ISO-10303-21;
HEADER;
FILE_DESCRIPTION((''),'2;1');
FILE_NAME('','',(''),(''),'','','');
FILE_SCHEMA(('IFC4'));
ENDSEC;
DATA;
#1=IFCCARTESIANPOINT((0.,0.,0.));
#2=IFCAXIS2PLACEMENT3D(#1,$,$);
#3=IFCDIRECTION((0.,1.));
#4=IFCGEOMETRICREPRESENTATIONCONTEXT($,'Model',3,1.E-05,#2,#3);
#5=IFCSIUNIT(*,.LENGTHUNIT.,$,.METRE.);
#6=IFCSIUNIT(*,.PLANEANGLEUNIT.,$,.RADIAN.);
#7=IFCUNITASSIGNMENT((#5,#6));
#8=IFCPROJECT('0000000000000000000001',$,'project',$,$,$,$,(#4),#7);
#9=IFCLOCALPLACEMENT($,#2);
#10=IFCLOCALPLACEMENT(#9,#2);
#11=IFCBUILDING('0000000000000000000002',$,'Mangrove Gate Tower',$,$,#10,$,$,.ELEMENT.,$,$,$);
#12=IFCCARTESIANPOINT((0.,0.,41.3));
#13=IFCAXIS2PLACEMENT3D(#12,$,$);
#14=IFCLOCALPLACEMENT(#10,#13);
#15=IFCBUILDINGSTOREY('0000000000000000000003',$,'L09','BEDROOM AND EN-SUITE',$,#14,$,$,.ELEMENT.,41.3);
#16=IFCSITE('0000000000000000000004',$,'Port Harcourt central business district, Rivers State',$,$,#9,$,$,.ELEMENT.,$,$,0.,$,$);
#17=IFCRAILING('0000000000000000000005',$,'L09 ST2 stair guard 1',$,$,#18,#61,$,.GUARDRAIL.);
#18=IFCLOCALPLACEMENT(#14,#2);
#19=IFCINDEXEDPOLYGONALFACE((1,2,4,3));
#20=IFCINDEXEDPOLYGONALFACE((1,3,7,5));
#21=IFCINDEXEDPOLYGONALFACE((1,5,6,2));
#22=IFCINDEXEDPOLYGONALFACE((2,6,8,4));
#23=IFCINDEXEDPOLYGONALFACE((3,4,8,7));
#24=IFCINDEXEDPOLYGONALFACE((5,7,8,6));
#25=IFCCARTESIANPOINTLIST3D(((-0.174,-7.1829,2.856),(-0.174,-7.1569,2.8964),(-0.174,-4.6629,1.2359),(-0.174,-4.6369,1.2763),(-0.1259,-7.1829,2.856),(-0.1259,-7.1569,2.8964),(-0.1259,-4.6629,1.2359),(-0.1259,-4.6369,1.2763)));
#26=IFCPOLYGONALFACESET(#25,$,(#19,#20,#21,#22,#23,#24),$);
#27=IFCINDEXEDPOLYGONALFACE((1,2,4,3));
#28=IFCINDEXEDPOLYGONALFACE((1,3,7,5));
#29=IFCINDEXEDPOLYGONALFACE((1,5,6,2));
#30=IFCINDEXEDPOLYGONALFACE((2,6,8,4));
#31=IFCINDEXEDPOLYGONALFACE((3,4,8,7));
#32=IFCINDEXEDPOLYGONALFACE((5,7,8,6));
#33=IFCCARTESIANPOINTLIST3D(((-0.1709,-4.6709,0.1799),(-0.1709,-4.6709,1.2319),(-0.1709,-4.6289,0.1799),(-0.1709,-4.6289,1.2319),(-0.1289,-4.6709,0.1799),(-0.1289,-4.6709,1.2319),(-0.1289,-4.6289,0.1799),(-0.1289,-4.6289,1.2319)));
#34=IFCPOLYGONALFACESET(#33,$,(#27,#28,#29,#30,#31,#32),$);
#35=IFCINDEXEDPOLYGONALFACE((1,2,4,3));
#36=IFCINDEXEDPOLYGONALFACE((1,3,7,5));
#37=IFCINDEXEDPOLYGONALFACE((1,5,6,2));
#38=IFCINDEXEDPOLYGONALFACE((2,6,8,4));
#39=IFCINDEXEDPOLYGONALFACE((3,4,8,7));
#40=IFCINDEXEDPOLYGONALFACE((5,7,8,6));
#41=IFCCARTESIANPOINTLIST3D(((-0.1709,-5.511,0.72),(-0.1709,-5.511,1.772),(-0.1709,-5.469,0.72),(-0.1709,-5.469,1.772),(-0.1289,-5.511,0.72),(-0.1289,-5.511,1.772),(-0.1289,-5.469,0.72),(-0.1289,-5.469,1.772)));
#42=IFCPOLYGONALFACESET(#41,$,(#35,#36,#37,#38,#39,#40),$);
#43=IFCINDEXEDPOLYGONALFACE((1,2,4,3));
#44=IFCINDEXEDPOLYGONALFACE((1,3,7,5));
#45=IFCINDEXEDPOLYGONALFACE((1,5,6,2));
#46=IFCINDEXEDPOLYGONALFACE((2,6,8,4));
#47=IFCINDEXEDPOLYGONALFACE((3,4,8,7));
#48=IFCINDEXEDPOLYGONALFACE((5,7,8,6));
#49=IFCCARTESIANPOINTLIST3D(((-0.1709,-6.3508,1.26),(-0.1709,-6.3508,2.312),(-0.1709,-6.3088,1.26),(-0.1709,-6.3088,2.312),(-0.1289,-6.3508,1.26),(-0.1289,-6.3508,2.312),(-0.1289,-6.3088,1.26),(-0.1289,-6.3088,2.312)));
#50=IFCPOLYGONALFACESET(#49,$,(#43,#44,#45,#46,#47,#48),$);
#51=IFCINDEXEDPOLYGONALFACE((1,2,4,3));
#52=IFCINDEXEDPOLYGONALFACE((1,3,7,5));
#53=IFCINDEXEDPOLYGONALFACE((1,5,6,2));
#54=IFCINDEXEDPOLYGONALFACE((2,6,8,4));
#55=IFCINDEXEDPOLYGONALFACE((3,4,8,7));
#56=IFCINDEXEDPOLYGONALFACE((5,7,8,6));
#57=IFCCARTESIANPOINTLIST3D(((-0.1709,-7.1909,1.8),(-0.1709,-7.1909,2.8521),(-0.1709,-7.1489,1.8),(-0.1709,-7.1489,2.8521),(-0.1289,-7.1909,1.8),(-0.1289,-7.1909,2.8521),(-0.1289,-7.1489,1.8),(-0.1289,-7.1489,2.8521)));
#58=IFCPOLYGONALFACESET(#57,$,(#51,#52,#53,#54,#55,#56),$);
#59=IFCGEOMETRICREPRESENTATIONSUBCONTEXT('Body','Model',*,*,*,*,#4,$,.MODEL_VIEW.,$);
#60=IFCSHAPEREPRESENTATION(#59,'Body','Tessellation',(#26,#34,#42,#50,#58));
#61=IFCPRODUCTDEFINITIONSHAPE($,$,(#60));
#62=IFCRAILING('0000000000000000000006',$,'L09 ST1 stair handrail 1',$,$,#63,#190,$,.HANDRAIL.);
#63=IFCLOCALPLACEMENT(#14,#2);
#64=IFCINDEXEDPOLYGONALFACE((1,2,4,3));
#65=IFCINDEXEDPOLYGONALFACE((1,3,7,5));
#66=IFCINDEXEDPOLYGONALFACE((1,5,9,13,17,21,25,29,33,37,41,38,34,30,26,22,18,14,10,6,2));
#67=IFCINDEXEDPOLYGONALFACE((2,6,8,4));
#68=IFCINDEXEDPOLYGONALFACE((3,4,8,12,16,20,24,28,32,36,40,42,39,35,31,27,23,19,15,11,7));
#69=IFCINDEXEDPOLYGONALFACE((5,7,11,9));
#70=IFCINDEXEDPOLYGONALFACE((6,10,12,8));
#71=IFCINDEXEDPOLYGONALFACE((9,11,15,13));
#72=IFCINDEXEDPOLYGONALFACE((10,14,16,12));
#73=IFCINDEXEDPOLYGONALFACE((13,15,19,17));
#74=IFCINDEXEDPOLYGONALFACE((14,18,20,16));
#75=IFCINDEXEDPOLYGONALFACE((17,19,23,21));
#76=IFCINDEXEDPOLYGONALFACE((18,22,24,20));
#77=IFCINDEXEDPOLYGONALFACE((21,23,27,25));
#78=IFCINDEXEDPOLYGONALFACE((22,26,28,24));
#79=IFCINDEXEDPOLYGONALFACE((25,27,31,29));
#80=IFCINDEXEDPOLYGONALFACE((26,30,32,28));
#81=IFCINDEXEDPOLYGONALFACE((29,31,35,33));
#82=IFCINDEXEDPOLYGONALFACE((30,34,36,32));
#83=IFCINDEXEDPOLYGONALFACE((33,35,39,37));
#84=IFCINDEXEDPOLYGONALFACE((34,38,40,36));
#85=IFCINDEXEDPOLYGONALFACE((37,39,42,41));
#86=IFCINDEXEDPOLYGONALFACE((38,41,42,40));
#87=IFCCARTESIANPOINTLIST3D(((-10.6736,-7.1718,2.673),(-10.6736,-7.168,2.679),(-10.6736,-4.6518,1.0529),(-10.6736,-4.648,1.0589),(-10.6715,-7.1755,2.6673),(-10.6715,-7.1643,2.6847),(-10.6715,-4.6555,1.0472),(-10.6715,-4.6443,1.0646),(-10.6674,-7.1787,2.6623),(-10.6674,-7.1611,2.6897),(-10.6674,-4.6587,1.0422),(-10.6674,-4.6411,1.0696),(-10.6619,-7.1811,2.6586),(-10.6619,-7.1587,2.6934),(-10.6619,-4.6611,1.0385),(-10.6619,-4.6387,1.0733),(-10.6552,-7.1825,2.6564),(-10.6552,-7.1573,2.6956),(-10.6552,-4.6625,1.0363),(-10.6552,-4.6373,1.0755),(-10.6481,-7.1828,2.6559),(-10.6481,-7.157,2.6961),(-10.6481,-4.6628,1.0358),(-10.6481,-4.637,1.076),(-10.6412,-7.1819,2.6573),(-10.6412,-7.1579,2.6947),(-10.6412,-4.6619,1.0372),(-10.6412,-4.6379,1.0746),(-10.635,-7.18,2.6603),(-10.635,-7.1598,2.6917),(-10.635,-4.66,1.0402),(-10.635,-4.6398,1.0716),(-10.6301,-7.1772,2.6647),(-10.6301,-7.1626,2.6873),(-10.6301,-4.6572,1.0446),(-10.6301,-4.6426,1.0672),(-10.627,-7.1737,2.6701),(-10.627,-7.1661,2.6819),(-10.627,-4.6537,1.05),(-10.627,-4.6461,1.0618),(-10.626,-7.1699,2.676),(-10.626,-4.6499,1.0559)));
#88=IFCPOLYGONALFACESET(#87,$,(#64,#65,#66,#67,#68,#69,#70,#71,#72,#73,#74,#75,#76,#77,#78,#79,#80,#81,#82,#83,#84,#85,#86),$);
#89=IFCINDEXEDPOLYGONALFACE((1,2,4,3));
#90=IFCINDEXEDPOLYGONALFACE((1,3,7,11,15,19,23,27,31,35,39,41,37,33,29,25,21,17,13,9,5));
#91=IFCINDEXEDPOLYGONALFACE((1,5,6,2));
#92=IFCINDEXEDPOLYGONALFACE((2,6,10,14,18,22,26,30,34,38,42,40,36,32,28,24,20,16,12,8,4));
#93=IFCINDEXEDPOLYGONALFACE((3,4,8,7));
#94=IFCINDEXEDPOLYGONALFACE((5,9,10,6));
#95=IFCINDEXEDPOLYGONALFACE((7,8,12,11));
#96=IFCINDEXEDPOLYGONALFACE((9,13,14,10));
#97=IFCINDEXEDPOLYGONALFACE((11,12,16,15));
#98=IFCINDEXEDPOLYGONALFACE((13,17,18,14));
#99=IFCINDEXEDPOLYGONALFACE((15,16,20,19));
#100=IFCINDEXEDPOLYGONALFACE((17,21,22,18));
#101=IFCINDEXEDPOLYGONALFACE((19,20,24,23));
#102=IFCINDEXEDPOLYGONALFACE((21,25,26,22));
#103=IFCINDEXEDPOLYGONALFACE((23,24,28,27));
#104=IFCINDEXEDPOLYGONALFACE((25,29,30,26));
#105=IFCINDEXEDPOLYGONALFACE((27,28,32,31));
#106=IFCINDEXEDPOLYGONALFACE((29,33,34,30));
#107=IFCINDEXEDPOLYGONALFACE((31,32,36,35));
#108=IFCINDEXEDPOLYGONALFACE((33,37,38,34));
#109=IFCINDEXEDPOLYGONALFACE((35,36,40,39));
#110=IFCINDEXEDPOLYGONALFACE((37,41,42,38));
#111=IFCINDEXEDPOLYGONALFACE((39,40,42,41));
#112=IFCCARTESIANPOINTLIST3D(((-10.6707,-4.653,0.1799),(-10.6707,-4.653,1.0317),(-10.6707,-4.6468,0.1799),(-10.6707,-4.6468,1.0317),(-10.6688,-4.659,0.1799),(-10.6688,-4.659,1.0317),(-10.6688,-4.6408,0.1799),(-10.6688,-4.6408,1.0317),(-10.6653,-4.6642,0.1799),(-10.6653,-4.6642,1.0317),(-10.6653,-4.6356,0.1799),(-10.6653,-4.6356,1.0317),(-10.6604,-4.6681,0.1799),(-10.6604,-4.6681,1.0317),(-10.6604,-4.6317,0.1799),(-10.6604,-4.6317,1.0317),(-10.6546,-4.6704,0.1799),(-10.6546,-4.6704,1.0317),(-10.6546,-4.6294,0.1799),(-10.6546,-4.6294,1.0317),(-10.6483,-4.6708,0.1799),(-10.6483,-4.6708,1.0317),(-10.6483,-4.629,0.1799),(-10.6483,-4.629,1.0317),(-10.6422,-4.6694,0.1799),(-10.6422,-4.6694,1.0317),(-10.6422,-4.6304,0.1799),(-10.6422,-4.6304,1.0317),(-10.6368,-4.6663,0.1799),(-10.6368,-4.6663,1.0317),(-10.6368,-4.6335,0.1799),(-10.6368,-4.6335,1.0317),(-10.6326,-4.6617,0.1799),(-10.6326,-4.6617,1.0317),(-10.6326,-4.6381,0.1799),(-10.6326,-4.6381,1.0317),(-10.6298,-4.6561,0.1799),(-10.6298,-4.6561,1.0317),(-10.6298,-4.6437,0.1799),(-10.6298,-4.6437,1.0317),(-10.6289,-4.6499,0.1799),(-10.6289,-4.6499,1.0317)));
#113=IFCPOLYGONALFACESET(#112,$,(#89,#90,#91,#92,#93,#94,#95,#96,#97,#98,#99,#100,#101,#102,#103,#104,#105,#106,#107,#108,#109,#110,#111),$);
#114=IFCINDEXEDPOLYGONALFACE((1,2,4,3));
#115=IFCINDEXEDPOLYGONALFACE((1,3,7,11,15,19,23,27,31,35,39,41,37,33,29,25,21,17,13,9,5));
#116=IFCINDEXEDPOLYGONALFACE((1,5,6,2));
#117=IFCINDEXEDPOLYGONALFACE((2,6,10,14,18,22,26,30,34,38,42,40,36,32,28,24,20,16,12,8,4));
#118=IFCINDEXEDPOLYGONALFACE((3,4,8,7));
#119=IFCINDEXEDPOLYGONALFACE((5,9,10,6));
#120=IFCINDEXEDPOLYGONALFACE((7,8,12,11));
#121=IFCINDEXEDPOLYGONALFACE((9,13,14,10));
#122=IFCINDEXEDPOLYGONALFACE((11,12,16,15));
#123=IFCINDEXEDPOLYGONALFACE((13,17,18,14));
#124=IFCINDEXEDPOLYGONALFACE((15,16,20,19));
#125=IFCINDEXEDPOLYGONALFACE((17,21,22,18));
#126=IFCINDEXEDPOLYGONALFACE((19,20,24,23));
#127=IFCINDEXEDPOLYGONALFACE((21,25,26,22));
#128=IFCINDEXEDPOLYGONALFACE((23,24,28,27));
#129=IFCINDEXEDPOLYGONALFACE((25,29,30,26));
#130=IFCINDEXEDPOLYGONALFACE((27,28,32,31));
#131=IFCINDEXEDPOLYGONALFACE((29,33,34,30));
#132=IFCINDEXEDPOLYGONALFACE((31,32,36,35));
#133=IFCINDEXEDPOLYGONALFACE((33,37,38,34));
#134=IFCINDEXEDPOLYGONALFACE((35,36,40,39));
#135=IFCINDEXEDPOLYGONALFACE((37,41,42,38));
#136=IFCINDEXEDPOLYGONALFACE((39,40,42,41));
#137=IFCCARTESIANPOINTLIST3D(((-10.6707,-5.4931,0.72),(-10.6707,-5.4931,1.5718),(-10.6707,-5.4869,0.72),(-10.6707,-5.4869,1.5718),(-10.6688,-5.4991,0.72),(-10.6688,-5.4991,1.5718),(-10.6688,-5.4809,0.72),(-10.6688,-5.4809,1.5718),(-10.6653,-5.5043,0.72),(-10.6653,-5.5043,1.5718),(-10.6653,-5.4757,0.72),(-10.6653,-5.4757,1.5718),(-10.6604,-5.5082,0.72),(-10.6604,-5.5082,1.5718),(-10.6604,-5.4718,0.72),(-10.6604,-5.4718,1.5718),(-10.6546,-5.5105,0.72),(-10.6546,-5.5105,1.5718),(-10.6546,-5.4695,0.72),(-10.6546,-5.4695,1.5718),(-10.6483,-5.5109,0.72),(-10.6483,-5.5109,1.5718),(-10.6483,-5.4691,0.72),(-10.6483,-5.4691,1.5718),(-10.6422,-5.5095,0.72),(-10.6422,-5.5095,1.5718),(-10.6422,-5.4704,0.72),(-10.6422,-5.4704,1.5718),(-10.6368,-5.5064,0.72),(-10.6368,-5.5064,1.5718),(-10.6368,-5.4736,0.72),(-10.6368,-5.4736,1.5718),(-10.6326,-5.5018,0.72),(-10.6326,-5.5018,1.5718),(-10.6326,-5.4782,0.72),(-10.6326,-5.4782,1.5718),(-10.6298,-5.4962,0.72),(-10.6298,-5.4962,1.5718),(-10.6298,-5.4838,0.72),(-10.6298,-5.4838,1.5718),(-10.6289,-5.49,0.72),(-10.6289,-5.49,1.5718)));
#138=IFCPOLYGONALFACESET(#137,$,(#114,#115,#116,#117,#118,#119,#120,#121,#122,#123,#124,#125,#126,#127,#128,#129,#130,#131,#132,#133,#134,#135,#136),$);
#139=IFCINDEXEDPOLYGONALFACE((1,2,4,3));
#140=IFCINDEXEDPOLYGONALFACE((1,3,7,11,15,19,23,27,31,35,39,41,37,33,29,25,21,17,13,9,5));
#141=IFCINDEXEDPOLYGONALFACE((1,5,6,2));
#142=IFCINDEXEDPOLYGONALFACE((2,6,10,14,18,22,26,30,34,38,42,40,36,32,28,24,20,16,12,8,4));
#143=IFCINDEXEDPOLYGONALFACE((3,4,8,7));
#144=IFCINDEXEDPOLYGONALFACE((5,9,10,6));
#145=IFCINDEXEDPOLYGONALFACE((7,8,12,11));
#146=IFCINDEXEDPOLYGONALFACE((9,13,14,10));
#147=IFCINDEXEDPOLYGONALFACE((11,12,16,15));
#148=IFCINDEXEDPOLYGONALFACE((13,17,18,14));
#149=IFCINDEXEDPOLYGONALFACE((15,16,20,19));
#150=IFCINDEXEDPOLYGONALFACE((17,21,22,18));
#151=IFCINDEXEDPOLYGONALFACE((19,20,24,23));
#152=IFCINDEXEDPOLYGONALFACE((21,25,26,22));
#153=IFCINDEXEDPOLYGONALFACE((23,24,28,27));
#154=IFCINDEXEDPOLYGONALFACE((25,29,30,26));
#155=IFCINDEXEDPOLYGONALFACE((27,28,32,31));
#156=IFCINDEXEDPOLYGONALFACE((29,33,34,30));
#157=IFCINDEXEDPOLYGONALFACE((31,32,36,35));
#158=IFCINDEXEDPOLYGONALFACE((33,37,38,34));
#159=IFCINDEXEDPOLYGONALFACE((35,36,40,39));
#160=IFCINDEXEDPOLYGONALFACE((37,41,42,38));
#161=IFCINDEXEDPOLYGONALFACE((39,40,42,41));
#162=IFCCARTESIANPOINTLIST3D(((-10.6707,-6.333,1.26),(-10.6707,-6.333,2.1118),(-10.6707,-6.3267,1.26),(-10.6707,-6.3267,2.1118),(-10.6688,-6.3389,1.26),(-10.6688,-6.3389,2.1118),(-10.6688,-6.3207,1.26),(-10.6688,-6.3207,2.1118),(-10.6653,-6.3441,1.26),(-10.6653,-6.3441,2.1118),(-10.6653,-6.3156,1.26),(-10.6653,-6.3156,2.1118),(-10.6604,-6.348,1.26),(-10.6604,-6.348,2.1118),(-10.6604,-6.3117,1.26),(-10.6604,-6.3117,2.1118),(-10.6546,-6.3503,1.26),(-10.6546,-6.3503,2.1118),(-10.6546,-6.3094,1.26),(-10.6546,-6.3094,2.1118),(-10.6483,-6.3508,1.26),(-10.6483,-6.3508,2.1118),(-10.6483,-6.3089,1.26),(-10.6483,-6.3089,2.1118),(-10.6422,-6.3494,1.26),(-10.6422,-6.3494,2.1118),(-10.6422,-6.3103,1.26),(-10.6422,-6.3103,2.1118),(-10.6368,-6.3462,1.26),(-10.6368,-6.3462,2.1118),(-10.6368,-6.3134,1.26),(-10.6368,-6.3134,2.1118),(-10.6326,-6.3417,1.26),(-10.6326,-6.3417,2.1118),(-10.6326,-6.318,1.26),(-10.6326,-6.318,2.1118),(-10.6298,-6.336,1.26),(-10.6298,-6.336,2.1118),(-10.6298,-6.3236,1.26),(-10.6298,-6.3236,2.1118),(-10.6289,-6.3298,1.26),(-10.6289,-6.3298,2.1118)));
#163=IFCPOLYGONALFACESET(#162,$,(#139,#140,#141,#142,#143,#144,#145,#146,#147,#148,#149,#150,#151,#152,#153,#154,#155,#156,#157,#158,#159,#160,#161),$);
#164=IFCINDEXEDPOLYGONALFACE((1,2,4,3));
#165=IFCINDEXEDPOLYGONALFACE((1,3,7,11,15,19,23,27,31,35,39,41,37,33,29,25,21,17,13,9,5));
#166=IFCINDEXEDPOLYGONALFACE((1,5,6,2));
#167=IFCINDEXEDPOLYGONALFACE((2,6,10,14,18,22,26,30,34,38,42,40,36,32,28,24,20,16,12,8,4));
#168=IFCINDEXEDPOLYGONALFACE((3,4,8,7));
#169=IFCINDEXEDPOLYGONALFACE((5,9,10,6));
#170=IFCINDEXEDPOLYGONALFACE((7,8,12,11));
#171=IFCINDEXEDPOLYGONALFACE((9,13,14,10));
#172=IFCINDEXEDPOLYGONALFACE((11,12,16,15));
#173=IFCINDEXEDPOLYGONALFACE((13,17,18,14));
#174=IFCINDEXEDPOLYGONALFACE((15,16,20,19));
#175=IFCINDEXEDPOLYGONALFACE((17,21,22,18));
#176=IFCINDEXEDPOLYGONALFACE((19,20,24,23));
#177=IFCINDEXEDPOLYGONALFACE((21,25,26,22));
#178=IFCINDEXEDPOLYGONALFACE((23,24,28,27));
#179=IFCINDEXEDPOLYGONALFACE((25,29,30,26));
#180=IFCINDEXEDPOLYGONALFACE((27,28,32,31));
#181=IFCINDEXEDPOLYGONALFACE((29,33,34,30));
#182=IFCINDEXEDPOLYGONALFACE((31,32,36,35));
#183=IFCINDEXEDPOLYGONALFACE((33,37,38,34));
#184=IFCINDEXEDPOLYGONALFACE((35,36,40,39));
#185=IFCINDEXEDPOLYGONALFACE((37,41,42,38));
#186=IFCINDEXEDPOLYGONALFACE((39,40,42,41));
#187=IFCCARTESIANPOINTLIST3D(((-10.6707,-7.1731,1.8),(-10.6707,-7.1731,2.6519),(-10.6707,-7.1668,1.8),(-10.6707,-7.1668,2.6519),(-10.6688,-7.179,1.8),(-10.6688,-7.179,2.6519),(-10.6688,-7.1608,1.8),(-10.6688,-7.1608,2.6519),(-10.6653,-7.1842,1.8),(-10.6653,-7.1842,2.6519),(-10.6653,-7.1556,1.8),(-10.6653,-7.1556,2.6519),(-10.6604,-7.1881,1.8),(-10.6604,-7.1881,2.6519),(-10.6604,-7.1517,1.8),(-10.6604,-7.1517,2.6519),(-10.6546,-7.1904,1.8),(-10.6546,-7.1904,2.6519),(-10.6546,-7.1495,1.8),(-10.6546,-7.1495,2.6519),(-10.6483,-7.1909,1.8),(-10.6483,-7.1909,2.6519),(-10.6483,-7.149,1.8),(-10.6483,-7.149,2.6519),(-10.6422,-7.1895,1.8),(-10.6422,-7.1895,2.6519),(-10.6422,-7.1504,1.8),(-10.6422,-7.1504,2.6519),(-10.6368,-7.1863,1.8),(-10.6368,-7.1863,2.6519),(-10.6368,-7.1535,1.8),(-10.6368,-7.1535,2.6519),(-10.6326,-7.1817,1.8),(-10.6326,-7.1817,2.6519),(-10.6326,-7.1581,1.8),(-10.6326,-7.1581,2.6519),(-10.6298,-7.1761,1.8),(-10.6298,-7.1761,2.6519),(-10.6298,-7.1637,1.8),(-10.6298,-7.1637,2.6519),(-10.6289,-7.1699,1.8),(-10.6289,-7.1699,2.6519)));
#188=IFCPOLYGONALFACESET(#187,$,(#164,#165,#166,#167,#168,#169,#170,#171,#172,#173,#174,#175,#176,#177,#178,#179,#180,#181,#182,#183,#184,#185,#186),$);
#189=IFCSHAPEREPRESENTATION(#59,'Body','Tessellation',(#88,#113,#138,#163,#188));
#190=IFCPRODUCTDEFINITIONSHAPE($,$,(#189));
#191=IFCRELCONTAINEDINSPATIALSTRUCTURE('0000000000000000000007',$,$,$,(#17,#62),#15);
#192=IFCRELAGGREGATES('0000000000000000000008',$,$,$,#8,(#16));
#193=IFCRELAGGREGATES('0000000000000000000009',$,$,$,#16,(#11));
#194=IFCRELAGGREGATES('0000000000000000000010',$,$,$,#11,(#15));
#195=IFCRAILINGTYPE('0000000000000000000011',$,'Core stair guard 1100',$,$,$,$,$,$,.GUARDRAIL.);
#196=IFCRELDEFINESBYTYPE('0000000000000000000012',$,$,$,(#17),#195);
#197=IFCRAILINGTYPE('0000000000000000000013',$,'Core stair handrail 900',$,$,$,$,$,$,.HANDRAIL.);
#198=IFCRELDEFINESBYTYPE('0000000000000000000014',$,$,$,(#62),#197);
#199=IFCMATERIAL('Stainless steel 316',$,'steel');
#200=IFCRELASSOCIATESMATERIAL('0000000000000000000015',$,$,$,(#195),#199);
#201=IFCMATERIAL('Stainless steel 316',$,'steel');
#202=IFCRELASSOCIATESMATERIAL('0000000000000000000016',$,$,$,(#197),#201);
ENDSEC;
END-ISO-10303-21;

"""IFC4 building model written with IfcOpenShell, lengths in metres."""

from ifc_helpers import new_model, si_unit, direction, frame, origin, origin_2d, place, context, subcontext, project, spatial, rectangle, circle, extrude, material, type_object, element, save


model = new_model("IFC4")

# Units and contexts
model_context = context("Model", 3, precision=1e-05, world=origin(), true_north=direction((0.0, 1.0)))
body_context = subcontext(model_context, "Body", "Model", "MODEL_VIEW")
ifc_project = project(units=[si_unit("LENGTHUNIT", "METRE"), si_unit("PLANEANGLEUNIT", "RADIAN")], contexts=[model_context])

# Site, building, storey
site_placement = place(None, origin())
site = spatial("IfcSite", under=ifc_project, at=site_placement, Name="Port Harcourt central business district, Rivers State", CompositionType="ELEMENT", RefElevation=0.0)
building_placement = place(site_placement, origin())
building = spatial("IfcBuilding", under=site, at=building_placement, Name="Mangrove Gate Tower", CompositionType="ELEMENT")
storey_placement = place(building_placement, frame((0.0, 0.0, 41.3)))
storey = spatial("IfcBuildingStorey", under=building, at=storey_placement, Name="L09", Description="BEDROOM AND EN-SUITE", CompositionType="ELEMENT", Elevation=41.3)

# Railings
ifc_material_1 = material(Name="Stainless steel 316", Category="steel")
railing_type_1 = type_object("IfcRailingType", Name="Core stair guard 1100", PredefinedType="GUARDRAIL", material=ifc_material_1)
railing_1_placement = place(storey_placement, frame((-0.1499, -4.6499, 0.1799)))
element("IfcRailing", 1, at=railing_1_placement, inside=storey, type_object=railing_type_1, Name="L09 ST2 stair guard 1", PredefinedType="GUARDRAIL", context=body_context, shape_type="SweptSolid", body=[
    extrude(rectangle(XDim=0.0481, YDim=0.0481, at=origin_2d()), frame((0.0, 0.0, 1.0762), z_axis=(0.0, -0.841163, 0.540782), x_axis=(1.0, 0.0, 0.0)), (0.0, 0.0, 1.0), 2.9958),
    extrude(rectangle(XDim=0.042, YDim=0.042, at=origin_2d()), origin(), (0.0, 0.0, 1.0), 1.052),
    extrude(rectangle(XDim=0.042, YDim=0.042, at=origin_2d()), frame((0.0, -0.8401, 0.54)), (0.0, 0.0, 1.0), 1.052),
    extrude(rectangle(XDim=0.042, YDim=0.042, at=origin_2d()), frame((0.0, -1.6799, 1.0801)), (0.0, 0.0, 1.0), 1.052),
    extrude(rectangle(XDim=0.042, YDim=0.042, at=origin_2d()), frame((0.0, -2.52, 1.6201)), (0.0, 0.0, 1.0), 1.052),
])
ifc_material_2 = material(Name="Stainless steel 316", Category="steel")
railing_type_2 = type_object("IfcRailingType", Name="Core stair handrail 900", PredefinedType="HANDRAIL", material=ifc_material_2)
railing_2_placement = place(storey_placement, frame((-10.6499, -4.6499, 0.1799)))
element("IfcRailing", 2, at=railing_2_placement, inside=storey, type_object=railing_type_2, Name="L09 ST1 stair handrail 1", PredefinedType="HANDRAIL", context=body_context, shape_type="SweptSolid", body=[
    extrude(circle(Radius=0.0239, at=origin_2d()), frame((0.0, 0.0, 0.876), z_axis=(0.0, -0.841163, 0.540782), x_axis=(1.0, 0.0, 0.0)), (0.0, 0.0, 1.0), 2.9958),
    extrude(circle(Radius=0.021, at=origin_2d()), origin(), (0.0, 0.0, 1.0), 0.8518),
    extrude(circle(Radius=0.021, at=origin_2d()), frame((0.0, -0.8401, 0.54)), (0.0, 0.0, 1.0), 0.8518),
    extrude(circle(Radius=0.021, at=origin_2d()), frame((0.0, -1.6799, 1.0801)), (0.0, 0.0, 1.0), 0.8518),
    extrude(circle(Radius=0.021, at=origin_2d()), frame((0.0, -2.52, 1.6201)), (0.0, 0.0, 1.0), 0.8518),
])

save(model, "model.ifc")
